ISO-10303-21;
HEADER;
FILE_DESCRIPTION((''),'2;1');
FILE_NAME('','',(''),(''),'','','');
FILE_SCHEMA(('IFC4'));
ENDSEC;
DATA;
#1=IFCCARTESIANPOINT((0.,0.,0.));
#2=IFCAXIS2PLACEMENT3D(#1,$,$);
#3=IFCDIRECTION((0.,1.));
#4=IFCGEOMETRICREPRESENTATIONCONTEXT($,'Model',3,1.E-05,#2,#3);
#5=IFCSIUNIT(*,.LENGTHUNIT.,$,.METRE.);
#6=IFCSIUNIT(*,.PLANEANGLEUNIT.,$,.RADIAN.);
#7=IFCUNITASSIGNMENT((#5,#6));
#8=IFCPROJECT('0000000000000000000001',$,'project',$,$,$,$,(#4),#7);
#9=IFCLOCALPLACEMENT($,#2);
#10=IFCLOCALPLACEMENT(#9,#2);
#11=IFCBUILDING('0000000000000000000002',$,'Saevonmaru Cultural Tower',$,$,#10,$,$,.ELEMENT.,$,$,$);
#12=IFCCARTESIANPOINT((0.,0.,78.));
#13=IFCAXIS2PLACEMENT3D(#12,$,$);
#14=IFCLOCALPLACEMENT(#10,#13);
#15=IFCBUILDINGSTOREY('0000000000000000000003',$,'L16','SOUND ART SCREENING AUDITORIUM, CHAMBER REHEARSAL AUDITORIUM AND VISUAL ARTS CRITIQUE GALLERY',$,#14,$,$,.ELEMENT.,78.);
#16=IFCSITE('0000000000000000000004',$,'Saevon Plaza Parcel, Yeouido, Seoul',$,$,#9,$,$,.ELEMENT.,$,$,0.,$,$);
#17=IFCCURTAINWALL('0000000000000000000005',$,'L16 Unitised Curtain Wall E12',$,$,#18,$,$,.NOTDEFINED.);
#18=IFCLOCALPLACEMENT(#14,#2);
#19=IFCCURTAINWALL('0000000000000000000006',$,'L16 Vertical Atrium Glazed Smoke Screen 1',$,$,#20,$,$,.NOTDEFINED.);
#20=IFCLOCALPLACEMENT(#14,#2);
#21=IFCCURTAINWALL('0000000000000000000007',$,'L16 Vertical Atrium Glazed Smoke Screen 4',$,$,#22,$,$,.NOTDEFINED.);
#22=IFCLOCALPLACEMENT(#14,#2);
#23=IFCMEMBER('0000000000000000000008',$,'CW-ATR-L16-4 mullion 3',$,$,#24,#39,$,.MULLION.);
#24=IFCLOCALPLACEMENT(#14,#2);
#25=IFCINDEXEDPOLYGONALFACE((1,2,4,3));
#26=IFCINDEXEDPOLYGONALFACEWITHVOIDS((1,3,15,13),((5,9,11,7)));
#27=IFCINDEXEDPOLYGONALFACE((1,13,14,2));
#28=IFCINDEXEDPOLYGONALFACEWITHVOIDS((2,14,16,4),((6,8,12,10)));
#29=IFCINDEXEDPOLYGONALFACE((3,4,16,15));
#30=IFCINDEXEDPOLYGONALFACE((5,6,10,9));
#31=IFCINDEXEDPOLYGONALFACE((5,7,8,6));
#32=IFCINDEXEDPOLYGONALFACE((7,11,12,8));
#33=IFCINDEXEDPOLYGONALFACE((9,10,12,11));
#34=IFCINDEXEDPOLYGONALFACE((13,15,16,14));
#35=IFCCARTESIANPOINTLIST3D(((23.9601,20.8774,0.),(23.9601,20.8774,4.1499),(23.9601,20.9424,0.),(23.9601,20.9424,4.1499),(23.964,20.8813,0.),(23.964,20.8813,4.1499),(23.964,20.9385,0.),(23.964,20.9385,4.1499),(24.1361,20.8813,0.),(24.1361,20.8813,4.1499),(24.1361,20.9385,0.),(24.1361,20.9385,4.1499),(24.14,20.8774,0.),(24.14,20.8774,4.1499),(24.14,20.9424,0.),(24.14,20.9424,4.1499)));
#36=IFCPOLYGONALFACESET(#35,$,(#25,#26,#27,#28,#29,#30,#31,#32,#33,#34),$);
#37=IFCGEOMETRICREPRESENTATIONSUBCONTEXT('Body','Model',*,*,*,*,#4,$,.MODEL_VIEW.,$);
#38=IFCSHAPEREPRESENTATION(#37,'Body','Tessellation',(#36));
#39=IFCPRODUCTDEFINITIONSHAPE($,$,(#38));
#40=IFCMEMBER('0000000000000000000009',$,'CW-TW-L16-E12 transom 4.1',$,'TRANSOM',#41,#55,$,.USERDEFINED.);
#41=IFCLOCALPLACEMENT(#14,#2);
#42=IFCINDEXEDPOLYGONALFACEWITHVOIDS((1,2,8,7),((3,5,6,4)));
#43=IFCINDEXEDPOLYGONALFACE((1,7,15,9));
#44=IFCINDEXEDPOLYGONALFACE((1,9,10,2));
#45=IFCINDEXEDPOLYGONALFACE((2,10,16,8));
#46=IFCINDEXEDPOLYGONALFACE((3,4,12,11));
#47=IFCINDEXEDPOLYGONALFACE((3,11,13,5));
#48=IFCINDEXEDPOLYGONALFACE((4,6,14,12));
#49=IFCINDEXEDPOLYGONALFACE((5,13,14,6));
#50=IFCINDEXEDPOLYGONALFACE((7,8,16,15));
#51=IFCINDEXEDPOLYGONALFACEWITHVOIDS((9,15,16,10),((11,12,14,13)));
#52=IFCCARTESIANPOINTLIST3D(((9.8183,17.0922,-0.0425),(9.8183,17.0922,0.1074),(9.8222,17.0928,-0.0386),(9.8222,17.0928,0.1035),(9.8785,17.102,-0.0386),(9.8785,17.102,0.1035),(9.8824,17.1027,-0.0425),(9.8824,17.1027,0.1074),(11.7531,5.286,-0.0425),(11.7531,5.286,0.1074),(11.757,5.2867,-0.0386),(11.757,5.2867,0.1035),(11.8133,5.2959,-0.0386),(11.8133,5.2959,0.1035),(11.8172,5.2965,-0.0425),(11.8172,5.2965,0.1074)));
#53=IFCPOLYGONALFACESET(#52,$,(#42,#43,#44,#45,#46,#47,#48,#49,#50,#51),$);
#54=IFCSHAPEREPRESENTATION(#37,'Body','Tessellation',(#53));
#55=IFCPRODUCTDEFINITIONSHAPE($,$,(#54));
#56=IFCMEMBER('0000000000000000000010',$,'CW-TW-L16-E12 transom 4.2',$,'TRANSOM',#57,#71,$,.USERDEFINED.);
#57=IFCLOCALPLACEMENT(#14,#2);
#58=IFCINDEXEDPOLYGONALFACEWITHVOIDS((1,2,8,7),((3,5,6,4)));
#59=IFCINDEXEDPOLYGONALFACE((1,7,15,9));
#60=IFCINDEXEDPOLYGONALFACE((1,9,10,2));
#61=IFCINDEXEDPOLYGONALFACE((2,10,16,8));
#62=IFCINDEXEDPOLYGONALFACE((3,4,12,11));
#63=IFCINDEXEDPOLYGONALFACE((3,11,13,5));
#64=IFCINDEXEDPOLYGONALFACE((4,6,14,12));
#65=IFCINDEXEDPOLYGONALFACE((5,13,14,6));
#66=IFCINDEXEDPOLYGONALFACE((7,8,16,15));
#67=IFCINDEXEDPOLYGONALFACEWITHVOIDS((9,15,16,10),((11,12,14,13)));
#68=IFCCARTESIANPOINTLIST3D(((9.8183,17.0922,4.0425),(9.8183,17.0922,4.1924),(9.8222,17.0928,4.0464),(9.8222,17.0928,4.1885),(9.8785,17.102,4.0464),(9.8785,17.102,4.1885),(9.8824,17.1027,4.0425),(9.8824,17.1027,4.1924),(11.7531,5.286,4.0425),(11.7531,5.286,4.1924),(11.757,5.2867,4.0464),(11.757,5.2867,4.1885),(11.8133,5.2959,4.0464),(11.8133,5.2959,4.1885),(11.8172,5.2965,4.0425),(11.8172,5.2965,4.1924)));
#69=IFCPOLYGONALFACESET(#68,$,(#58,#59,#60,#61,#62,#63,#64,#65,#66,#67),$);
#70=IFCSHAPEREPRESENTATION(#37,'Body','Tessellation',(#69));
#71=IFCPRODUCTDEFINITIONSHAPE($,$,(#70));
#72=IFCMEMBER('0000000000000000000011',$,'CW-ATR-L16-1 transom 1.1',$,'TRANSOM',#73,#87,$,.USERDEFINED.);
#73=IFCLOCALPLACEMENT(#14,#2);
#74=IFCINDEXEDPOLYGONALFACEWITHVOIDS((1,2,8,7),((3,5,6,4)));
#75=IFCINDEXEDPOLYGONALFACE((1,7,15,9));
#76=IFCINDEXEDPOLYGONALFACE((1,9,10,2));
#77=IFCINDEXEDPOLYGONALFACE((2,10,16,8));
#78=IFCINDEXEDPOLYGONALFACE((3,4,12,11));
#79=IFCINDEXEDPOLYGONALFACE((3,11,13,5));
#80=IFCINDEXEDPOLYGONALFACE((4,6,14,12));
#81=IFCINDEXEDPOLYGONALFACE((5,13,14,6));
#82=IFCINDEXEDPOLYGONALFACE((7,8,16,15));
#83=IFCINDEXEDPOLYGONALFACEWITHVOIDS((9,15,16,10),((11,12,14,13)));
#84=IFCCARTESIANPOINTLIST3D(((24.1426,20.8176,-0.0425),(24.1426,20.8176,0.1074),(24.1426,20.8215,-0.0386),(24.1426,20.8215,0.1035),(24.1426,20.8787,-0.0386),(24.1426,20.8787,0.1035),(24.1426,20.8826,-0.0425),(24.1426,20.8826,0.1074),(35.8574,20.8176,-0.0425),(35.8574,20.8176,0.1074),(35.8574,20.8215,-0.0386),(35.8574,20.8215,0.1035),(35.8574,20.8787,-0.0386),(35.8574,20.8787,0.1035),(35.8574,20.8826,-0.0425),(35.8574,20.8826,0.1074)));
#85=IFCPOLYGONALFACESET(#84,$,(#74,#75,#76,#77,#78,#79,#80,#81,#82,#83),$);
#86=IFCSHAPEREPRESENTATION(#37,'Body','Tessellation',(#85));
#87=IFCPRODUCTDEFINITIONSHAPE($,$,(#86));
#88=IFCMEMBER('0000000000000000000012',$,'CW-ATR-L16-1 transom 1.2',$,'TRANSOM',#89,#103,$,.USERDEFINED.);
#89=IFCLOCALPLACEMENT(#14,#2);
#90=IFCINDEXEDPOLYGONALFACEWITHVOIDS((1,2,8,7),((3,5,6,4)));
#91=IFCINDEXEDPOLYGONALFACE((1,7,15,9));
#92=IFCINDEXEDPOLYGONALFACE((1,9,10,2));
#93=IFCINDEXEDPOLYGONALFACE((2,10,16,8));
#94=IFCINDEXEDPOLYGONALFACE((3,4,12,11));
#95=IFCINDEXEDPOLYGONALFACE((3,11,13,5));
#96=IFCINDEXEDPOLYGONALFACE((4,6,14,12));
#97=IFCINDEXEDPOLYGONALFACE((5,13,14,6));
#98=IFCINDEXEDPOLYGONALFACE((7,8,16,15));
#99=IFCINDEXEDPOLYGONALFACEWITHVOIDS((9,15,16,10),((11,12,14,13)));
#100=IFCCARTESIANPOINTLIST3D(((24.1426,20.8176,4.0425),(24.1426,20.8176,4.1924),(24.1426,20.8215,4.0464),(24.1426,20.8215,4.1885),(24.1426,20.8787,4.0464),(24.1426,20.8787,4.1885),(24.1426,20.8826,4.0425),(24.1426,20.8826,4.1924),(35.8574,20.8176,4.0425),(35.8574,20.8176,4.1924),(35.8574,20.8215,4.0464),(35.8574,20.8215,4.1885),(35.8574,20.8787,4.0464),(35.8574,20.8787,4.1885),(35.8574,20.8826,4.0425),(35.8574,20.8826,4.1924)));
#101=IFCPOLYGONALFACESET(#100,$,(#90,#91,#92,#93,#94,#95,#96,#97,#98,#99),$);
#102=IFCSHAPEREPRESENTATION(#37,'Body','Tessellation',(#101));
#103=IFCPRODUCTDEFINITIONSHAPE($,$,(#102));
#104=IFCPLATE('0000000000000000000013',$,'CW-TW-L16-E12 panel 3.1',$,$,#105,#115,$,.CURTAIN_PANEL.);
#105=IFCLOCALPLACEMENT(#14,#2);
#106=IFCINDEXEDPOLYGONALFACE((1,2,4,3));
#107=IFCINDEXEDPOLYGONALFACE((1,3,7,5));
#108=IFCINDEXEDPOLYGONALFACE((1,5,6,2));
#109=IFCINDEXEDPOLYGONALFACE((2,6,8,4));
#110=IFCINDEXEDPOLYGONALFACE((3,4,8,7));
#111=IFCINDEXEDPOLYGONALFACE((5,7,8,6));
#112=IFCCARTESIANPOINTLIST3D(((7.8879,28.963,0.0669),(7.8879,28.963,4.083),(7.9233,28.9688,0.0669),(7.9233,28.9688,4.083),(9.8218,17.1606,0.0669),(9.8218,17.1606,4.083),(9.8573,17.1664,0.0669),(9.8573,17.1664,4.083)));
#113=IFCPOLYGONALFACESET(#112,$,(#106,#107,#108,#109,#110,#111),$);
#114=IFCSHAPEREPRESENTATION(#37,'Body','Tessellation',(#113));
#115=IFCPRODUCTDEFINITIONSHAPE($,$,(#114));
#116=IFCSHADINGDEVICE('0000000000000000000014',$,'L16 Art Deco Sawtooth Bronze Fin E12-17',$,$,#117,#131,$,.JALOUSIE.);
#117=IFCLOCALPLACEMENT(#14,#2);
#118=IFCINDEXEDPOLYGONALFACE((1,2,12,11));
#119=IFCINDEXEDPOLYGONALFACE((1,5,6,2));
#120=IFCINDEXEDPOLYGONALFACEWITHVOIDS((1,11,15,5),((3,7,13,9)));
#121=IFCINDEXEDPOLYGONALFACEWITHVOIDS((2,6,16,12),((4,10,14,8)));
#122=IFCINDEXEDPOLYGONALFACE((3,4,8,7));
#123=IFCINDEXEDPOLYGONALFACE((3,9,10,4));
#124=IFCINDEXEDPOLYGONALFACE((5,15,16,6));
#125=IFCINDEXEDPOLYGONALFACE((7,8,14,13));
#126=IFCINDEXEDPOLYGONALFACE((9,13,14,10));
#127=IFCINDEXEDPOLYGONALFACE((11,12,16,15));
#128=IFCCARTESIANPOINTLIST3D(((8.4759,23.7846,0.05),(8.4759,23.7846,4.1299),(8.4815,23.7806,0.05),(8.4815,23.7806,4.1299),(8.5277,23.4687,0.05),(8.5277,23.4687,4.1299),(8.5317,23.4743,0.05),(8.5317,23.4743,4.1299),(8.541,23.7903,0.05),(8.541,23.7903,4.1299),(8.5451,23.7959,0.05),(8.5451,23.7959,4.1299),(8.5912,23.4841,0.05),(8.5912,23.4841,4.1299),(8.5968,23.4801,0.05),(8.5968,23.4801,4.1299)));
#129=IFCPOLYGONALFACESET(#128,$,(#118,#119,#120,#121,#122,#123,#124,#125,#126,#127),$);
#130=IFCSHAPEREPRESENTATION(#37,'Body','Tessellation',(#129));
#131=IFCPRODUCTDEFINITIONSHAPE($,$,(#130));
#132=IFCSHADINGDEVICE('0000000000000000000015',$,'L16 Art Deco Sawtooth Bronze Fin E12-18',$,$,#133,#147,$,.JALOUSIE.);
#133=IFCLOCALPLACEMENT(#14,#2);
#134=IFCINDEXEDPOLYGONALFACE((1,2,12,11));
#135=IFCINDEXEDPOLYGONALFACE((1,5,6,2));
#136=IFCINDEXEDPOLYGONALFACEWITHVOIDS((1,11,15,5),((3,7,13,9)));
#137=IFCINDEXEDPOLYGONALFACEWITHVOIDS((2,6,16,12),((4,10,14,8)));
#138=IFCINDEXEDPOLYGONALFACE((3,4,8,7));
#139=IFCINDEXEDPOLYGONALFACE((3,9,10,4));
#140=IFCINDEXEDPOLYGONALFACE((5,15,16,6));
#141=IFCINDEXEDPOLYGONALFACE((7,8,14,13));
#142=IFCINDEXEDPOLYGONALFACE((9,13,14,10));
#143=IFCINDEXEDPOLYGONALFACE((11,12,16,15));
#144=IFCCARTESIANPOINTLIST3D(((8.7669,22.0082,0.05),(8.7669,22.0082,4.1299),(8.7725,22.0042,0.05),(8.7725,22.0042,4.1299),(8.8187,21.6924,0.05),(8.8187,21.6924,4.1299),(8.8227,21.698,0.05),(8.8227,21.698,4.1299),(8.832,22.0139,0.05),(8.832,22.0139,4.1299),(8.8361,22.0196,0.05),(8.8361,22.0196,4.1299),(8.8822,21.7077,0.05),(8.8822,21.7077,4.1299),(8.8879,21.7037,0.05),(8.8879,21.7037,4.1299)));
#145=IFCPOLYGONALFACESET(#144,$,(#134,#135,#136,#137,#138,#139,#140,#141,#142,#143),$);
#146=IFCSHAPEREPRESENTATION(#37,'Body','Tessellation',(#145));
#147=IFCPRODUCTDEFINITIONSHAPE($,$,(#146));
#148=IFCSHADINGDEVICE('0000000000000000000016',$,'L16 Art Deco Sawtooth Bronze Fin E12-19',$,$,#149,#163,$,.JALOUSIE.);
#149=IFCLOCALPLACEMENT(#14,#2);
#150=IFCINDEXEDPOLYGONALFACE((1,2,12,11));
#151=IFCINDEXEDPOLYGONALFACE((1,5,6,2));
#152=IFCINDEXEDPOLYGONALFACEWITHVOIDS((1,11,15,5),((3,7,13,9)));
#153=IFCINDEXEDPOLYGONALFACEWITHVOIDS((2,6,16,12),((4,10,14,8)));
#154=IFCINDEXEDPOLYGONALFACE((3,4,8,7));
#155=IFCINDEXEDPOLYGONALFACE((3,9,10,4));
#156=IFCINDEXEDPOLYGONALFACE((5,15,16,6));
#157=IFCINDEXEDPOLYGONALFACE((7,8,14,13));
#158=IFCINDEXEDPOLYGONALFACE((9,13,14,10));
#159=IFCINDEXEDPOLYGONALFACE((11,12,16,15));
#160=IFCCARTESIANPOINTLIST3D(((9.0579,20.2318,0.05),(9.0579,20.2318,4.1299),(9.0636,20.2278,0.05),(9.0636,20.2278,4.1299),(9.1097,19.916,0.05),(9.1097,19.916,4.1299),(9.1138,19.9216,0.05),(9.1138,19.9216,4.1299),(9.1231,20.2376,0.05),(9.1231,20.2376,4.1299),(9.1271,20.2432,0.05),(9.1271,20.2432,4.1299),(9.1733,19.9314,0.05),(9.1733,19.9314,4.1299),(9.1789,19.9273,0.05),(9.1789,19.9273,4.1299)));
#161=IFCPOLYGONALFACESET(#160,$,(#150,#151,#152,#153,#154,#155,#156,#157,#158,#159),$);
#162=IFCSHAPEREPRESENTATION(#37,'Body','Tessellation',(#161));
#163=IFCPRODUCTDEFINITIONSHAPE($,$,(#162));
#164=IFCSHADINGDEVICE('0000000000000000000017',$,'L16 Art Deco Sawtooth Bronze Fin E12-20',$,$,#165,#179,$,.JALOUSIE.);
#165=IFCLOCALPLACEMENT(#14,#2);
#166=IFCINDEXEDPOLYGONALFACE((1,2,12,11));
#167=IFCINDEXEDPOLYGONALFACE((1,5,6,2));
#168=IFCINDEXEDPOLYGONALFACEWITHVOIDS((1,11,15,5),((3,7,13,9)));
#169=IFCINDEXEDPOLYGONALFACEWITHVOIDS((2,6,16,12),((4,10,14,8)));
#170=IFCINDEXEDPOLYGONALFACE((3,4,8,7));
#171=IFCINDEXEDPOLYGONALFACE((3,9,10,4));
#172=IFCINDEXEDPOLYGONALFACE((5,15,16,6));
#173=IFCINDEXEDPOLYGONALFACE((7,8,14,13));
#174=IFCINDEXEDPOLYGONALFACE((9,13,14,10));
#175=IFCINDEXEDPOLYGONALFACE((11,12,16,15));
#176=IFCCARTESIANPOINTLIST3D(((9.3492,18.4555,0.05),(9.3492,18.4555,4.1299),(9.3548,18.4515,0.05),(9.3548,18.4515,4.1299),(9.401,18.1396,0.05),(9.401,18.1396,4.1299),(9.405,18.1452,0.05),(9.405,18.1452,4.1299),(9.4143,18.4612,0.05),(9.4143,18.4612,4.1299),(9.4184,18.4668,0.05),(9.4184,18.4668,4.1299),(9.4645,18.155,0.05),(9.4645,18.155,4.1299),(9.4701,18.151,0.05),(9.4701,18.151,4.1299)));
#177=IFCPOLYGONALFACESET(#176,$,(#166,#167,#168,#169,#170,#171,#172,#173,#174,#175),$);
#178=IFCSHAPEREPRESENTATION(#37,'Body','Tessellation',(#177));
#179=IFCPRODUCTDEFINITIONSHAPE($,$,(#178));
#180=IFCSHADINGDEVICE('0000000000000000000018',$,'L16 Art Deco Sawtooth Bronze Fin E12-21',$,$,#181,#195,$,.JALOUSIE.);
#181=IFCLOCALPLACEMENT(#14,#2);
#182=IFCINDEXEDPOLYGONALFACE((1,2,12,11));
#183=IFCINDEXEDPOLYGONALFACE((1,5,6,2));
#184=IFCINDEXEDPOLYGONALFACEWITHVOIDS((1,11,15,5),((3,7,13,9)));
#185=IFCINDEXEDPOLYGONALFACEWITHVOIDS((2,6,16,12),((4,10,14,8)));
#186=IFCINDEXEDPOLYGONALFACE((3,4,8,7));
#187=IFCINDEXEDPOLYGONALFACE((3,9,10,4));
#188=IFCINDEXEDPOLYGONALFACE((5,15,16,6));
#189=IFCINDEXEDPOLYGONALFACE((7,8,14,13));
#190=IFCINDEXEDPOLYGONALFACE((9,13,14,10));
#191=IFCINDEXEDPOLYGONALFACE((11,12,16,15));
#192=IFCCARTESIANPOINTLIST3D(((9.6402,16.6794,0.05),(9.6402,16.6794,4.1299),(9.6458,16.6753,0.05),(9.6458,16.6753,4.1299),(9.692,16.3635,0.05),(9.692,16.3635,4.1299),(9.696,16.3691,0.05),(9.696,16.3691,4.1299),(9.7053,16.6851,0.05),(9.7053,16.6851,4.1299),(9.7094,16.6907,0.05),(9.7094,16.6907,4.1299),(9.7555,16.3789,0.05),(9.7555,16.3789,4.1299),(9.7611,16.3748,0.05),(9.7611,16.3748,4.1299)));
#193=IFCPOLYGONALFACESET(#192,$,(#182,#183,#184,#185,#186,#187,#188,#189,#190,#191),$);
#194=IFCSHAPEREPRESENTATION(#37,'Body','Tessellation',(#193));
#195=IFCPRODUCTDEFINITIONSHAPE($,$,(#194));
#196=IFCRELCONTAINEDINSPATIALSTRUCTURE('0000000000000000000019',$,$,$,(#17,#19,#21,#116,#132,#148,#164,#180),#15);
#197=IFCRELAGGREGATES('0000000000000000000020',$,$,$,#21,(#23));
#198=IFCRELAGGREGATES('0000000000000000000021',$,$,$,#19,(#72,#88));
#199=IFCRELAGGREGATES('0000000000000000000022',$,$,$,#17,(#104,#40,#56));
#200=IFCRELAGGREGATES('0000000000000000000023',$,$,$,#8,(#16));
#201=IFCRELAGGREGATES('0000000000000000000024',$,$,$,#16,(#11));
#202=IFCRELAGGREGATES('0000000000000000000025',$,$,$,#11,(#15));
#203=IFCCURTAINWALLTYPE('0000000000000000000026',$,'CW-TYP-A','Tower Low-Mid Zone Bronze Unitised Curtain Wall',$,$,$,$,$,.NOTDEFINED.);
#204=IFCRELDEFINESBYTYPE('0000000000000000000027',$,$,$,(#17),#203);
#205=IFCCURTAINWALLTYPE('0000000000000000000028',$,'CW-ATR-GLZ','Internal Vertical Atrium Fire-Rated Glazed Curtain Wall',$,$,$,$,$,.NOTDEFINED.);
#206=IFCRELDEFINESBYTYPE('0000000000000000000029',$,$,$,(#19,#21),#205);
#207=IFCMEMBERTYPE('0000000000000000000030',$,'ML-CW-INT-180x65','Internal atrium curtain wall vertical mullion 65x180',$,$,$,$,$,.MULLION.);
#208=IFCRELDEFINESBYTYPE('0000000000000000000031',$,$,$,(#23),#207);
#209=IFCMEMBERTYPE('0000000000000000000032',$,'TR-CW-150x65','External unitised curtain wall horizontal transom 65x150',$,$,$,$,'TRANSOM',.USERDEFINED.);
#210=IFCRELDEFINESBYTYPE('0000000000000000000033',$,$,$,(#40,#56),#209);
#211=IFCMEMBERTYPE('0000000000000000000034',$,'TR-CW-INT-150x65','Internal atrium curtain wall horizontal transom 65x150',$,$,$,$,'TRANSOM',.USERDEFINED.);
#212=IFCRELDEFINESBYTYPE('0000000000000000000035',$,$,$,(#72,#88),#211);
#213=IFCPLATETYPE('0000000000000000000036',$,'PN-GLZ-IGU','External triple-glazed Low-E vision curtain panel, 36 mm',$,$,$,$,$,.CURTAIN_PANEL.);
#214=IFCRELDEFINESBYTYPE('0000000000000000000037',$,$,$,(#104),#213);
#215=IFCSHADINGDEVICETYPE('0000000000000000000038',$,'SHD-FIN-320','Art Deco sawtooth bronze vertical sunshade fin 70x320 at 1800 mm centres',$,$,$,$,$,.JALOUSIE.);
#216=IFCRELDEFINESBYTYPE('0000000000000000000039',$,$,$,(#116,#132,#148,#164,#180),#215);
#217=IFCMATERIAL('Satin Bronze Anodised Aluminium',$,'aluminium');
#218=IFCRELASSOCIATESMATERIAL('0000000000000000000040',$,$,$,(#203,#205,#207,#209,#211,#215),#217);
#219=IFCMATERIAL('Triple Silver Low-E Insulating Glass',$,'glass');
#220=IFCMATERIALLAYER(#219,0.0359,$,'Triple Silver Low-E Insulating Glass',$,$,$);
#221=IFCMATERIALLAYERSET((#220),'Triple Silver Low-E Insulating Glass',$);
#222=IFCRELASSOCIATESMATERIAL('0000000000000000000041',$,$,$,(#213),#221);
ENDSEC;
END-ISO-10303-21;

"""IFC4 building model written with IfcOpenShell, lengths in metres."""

from ifc_helpers import new_model, si_unit, direction, frame, origin, origin_2d, place, context, subcontext, project, spatial, rectangle, hollow_rectangle, extrude, material, layer, layer_set, material_profile, profile_set, type_object, element, aggregate, save


model = new_model("IFC4")

# Units and contexts
model_context = context("Model", 3, precision=1e-05, world=origin(), true_north=direction((0.0, 1.0)))
body_context = subcontext(model_context, "Body", "Model", "MODEL_VIEW")
ifc_project = project(units=[si_unit("LENGTHUNIT", "METRE"), si_unit("PLANEANGLEUNIT", "RADIAN")], contexts=[model_context])

# Site, building, storey
site_placement = place(None, origin())
site = spatial("IfcSite", under=ifc_project, at=site_placement, Name="Saevon Plaza Parcel, Yeouido, Seoul", CompositionType="ELEMENT", RefElevation=0.0)
building_placement = place(site_placement, origin())
building = spatial("IfcBuilding", under=site, at=building_placement, Name="Saevonmaru Cultural Tower", CompositionType="ELEMENT")
storey_placement = place(building_placement, frame((0.0, 0.0, 78.0)))
storey = spatial("IfcBuildingStorey", under=building, at=storey_placement, Name="L16", Description="SOUND ART SCREENING AUDITORIUM, CHAMBER REHEARSAL AUDITORIUM AND VISUAL ARTS CRITIQUE GALLERY", CompositionType="ELEMENT", Elevation=78.0)

# Curtain walls, member
ifc_material_1 = material(Name="Satin Bronze Anodised Aluminium", Category="aluminium")
curtain_wall_type_1 = type_object("IfcCurtainWallType", Name="CW-TYP-A", Description="Tower Low-Mid Zone Bronze Unitised Curtain Wall", PredefinedType="NOTDEFINED", material=ifc_material_1)
curtain_wall_1_placement = place(storey_placement, origin())
curtain_wall_1 = element("IfcCurtainWall", 1, at=curtain_wall_1_placement, inside=storey, type_object=curtain_wall_type_1, Name="L16 Unitised Curtain Wall E12", PredefinedType="NOTDEFINED")
curtain_wall_type_2 = type_object("IfcCurtainWallType", Name="CW-ATR-GLZ", Description="Internal Vertical Atrium Fire-Rated Glazed Curtain Wall", PredefinedType="NOTDEFINED", material=ifc_material_1)
curtain_wall_2_placement = place(storey_placement, origin())
curtain_wall_2 = element("IfcCurtainWall", 2, at=curtain_wall_2_placement, inside=storey, type_object=curtain_wall_type_2, Name="L16 Vertical Atrium Glazed Smoke Screen 1", PredefinedType="NOTDEFINED")
ifc_material_profile_1 = material_profile(ifc_material_1, hollow_rectangle(XDim=0.0649, YDim=0.1799, WallThickness=0.0039, at=origin_2d()), Name="ALU-MULL-180x65x4")
ifc_profile_set_1 = profile_set([ifc_material_profile_1], Name="Satin Bronze Anodised Aluminium")
member_type_1 = type_object("IfcMemberType", Name="ML-CW-INT-180x65", Description="Internal atrium curtain wall vertical mullion 65x180", PredefinedType="MULLION", material=ifc_profile_set_1)
curtain_wall_3_placement = place(storey_placement, origin())
curtain_wall_3 = element("IfcCurtainWall", 3, at=curtain_wall_3_placement, inside=storey, type_object=curtain_wall_type_2, Name="L16 Vertical Atrium Glazed Smoke Screen 4", PredefinedType="NOTDEFINED")
member_1_placement = place(storey_placement, frame((24.05, 20.9099, 0.0), z_axis=(0.0, 0.0, 1.0), x_axis=(0.0, -1.0, 0.0)))
member_1 = element("IfcMember", 4, at=member_1_placement, type_object=member_type_1, Name="CW-ATR-L16-4 mullion 3", PredefinedType="MULLION", context=body_context, shape_type="SweptSolid", body=[
    extrude(hollow_rectangle(XDim=0.0649, YDim=0.1799, WallThickness=0.0039, at=origin_2d()), origin(), (0.0, 0.0, 1.0), 4.1499),
])
aggregate(curtain_wall_3, [member_1])

# Members
ifc_material_profile_2 = material_profile(ifc_material_1, hollow_rectangle(XDim=0.0649, YDim=0.1499, WallThickness=0.0039, at=origin_2d()), Name="ALU-TRAN-150x65x4")
ifc_profile_set_2 = profile_set([ifc_material_profile_2], Name="Satin Bronze Anodised Aluminium")
member_type_2 = type_object("IfcMemberType", Name="TR-CW-150x65", Description="External unitised curtain wall horizontal transom 65x150", ElementType="TRANSOM", PredefinedType="USERDEFINED", material=ifc_profile_set_2)
member_2_placement = place(storey_placement, frame((9.8503, 17.0974, 0.0325), z_axis=(0.161725, -0.986836, 0.0), x_axis=(0.986836, 0.161725, 0.0)))
member_2 = element("IfcMember", 5, at=member_2_placement, type_object=member_type_2, Name="CW-TW-L16-E12 transom 4.1", ObjectType="TRANSOM", PredefinedType="USERDEFINED", context=body_context, shape_type="SweptSolid", body=[
    extrude(hollow_rectangle(XDim=0.0649, YDim=0.1499, WallThickness=0.0039, at=origin_2d()), origin(), (0.0, 0.0, 1.0), 11.9636),
])
member_3_placement = place(storey_placement, frame((9.8503, 17.0974, 4.1174), z_axis=(0.161725, -0.986836, 0.0), x_axis=(0.986836, 0.161725, 0.0)))
member_3 = element("IfcMember", 6, at=member_3_placement, type_object=member_type_2, Name="CW-TW-L16-E12 transom 4.2", ObjectType="TRANSOM", PredefinedType="USERDEFINED", context=body_context, shape_type="SweptSolid", body=[
    extrude(hollow_rectangle(XDim=0.0649, YDim=0.1499, WallThickness=0.0039, at=origin_2d()), origin(), (0.0, 0.0, 1.0), 11.9636),
])
ifc_material_profile_3 = material_profile(ifc_material_1, hollow_rectangle(XDim=0.0649, YDim=0.1499, WallThickness=0.0039, at=origin_2d()), Name="ALU-TRAN-150x65x4")
ifc_profile_set_3 = profile_set([ifc_material_profile_3], Name="Satin Bronze Anodised Aluminium")
member_type_3 = type_object("IfcMemberType", Name="TR-CW-INT-150x65", Description="Internal atrium curtain wall horizontal transom 65x150", ElementType="TRANSOM", PredefinedType="USERDEFINED", material=ifc_profile_set_3)
member_4_placement = place(storey_placement, frame((24.1426, 20.8501, 0.0325), z_axis=(1.0, 0.0, 0.0), x_axis=(0.0, 1.0, 0.0)))
member_4 = element("IfcMember", 7, at=member_4_placement, type_object=member_type_3, Name="CW-ATR-L16-1 transom 1.1", ObjectType="TRANSOM", PredefinedType="USERDEFINED", context=body_context, shape_type="SweptSolid", body=[
    extrude(hollow_rectangle(XDim=0.0649, YDim=0.1499, WallThickness=0.0039, at=origin_2d()), origin(), (0.0, 0.0, 1.0), 11.7148),
])
member_5_placement = place(storey_placement, frame((24.1426, 20.8501, 4.1174), z_axis=(1.0, 0.0, 0.0), x_axis=(0.0, 1.0, 0.0)))
member_5 = element("IfcMember", 8, at=member_5_placement, type_object=member_type_3, Name="CW-ATR-L16-1 transom 1.2", ObjectType="TRANSOM", PredefinedType="USERDEFINED", context=body_context, shape_type="SweptSolid", body=[
    extrude(hollow_rectangle(XDim=0.0649, YDim=0.1499, WallThickness=0.0039, at=origin_2d()), origin(), (0.0, 0.0, 1.0), 11.7148),
])
aggregate(curtain_wall_2, [member_4, member_5])

# Plate
ifc_material_2 = material(Name="Triple Silver Low-E Insulating Glass", Category="glass")
ifc_layer_1 = layer(ifc_material_2, 0.0359, Name="Triple Silver Low-E Insulating Glass")
ifc_layer_set_1 = layer_set([ifc_layer_1], Name="Triple Silver Low-E Insulating Glass")
plate_type = type_object("IfcPlateType", Name="PN-GLZ-IGU", Description="External triple-glazed Low-E vision curtain panel, 36 mm", PredefinedType="CURTAIN_PANEL", material=ifc_layer_set_1)
plate_placement = place(storey_placement, frame((8.8726, 23.0647, 0.0669), z_axis=(0.0, 0.0, 1.0), x_axis=(0.161709, -0.986839, 0.0)))
plate = element("IfcPlate", 9, at=plate_placement, type_object=plate_type, Name="CW-TW-L16-E12 panel 3.1", PredefinedType="CURTAIN_PANEL", context=body_context, shape_type="SweptSolid", body=[
    extrude(rectangle(XDim=11.9597, YDim=0.0359, at=origin_2d()), origin(), (0.0, 0.0, 1.0), 4.0161),
])
aggregate(curtain_wall_1, [plate, member_2, member_3])

# Shading devices
ifc_material_profile_4 = material_profile(ifc_material_1, hollow_rectangle(XDim=0.0701, YDim=0.3201, WallThickness=0.0049, at=origin_2d()), Name="FIN-320x70")
ifc_profile_set_4 = profile_set([ifc_material_profile_4], Name="Satin Bronze Anodised Aluminium")
shading_device_type = type_object("IfcShadingDeviceType", Name="SHD-FIN-320", Description="Art Deco sawtooth bronze vertical sunshade fin 70x320 at 1800 mm centres", PredefinedType="JALOUSIE", material=ifc_profile_set_4)
for number, where, z_axis, x_axis, name in (
    (10, (8.5364, 23.6323, 0.05), (0.0, 0.0, 1.0), (-0.986827, -0.161776, 0.0), "L16 Art Deco Sawtooth Bronze Fin E12-17"),
    (11, (8.8274, 21.856, 0.05), (0.0, 0.0, 1.0), (-0.986827, -0.161776, 0.0), "L16 Art Deco Sawtooth Bronze Fin E12-18"),
    (12, (9.1184, 20.0796, 0.05), (0.0, 0.0, 1.0), (-0.986827, -0.161776, 0.0), "L16 Art Deco Sawtooth Bronze Fin E12-19"),
    (13, (9.4097, 18.3032, 0.05), (0.0, 0.0, 1.0), (-0.986827, -0.161776, 0.0), "L16 Art Deco Sawtooth Bronze Fin E12-20"),
    (14, (9.7007, 16.5271, 0.05), (0.0, 0.0, 1.0), (-0.986827, -0.161776, 0.0), "L16 Art Deco Sawtooth Bronze Fin E12-21"),
):
    element("IfcShadingDevice", number, at=place(storey_placement, frame(where, z_axis=z_axis, x_axis=x_axis)), inside=storey, type_object=shading_device_type, Name=name, PredefinedType="JALOUSIE", context=body_context, shape_type="SweptSolid", body=[
        extrude(hollow_rectangle(XDim=0.0701, YDim=0.3201, WallThickness=0.0049, at=origin_2d()), origin(), (0.0, 0.0, 1.0), 4.0798),
    ])

save(model, "model.ifc")
